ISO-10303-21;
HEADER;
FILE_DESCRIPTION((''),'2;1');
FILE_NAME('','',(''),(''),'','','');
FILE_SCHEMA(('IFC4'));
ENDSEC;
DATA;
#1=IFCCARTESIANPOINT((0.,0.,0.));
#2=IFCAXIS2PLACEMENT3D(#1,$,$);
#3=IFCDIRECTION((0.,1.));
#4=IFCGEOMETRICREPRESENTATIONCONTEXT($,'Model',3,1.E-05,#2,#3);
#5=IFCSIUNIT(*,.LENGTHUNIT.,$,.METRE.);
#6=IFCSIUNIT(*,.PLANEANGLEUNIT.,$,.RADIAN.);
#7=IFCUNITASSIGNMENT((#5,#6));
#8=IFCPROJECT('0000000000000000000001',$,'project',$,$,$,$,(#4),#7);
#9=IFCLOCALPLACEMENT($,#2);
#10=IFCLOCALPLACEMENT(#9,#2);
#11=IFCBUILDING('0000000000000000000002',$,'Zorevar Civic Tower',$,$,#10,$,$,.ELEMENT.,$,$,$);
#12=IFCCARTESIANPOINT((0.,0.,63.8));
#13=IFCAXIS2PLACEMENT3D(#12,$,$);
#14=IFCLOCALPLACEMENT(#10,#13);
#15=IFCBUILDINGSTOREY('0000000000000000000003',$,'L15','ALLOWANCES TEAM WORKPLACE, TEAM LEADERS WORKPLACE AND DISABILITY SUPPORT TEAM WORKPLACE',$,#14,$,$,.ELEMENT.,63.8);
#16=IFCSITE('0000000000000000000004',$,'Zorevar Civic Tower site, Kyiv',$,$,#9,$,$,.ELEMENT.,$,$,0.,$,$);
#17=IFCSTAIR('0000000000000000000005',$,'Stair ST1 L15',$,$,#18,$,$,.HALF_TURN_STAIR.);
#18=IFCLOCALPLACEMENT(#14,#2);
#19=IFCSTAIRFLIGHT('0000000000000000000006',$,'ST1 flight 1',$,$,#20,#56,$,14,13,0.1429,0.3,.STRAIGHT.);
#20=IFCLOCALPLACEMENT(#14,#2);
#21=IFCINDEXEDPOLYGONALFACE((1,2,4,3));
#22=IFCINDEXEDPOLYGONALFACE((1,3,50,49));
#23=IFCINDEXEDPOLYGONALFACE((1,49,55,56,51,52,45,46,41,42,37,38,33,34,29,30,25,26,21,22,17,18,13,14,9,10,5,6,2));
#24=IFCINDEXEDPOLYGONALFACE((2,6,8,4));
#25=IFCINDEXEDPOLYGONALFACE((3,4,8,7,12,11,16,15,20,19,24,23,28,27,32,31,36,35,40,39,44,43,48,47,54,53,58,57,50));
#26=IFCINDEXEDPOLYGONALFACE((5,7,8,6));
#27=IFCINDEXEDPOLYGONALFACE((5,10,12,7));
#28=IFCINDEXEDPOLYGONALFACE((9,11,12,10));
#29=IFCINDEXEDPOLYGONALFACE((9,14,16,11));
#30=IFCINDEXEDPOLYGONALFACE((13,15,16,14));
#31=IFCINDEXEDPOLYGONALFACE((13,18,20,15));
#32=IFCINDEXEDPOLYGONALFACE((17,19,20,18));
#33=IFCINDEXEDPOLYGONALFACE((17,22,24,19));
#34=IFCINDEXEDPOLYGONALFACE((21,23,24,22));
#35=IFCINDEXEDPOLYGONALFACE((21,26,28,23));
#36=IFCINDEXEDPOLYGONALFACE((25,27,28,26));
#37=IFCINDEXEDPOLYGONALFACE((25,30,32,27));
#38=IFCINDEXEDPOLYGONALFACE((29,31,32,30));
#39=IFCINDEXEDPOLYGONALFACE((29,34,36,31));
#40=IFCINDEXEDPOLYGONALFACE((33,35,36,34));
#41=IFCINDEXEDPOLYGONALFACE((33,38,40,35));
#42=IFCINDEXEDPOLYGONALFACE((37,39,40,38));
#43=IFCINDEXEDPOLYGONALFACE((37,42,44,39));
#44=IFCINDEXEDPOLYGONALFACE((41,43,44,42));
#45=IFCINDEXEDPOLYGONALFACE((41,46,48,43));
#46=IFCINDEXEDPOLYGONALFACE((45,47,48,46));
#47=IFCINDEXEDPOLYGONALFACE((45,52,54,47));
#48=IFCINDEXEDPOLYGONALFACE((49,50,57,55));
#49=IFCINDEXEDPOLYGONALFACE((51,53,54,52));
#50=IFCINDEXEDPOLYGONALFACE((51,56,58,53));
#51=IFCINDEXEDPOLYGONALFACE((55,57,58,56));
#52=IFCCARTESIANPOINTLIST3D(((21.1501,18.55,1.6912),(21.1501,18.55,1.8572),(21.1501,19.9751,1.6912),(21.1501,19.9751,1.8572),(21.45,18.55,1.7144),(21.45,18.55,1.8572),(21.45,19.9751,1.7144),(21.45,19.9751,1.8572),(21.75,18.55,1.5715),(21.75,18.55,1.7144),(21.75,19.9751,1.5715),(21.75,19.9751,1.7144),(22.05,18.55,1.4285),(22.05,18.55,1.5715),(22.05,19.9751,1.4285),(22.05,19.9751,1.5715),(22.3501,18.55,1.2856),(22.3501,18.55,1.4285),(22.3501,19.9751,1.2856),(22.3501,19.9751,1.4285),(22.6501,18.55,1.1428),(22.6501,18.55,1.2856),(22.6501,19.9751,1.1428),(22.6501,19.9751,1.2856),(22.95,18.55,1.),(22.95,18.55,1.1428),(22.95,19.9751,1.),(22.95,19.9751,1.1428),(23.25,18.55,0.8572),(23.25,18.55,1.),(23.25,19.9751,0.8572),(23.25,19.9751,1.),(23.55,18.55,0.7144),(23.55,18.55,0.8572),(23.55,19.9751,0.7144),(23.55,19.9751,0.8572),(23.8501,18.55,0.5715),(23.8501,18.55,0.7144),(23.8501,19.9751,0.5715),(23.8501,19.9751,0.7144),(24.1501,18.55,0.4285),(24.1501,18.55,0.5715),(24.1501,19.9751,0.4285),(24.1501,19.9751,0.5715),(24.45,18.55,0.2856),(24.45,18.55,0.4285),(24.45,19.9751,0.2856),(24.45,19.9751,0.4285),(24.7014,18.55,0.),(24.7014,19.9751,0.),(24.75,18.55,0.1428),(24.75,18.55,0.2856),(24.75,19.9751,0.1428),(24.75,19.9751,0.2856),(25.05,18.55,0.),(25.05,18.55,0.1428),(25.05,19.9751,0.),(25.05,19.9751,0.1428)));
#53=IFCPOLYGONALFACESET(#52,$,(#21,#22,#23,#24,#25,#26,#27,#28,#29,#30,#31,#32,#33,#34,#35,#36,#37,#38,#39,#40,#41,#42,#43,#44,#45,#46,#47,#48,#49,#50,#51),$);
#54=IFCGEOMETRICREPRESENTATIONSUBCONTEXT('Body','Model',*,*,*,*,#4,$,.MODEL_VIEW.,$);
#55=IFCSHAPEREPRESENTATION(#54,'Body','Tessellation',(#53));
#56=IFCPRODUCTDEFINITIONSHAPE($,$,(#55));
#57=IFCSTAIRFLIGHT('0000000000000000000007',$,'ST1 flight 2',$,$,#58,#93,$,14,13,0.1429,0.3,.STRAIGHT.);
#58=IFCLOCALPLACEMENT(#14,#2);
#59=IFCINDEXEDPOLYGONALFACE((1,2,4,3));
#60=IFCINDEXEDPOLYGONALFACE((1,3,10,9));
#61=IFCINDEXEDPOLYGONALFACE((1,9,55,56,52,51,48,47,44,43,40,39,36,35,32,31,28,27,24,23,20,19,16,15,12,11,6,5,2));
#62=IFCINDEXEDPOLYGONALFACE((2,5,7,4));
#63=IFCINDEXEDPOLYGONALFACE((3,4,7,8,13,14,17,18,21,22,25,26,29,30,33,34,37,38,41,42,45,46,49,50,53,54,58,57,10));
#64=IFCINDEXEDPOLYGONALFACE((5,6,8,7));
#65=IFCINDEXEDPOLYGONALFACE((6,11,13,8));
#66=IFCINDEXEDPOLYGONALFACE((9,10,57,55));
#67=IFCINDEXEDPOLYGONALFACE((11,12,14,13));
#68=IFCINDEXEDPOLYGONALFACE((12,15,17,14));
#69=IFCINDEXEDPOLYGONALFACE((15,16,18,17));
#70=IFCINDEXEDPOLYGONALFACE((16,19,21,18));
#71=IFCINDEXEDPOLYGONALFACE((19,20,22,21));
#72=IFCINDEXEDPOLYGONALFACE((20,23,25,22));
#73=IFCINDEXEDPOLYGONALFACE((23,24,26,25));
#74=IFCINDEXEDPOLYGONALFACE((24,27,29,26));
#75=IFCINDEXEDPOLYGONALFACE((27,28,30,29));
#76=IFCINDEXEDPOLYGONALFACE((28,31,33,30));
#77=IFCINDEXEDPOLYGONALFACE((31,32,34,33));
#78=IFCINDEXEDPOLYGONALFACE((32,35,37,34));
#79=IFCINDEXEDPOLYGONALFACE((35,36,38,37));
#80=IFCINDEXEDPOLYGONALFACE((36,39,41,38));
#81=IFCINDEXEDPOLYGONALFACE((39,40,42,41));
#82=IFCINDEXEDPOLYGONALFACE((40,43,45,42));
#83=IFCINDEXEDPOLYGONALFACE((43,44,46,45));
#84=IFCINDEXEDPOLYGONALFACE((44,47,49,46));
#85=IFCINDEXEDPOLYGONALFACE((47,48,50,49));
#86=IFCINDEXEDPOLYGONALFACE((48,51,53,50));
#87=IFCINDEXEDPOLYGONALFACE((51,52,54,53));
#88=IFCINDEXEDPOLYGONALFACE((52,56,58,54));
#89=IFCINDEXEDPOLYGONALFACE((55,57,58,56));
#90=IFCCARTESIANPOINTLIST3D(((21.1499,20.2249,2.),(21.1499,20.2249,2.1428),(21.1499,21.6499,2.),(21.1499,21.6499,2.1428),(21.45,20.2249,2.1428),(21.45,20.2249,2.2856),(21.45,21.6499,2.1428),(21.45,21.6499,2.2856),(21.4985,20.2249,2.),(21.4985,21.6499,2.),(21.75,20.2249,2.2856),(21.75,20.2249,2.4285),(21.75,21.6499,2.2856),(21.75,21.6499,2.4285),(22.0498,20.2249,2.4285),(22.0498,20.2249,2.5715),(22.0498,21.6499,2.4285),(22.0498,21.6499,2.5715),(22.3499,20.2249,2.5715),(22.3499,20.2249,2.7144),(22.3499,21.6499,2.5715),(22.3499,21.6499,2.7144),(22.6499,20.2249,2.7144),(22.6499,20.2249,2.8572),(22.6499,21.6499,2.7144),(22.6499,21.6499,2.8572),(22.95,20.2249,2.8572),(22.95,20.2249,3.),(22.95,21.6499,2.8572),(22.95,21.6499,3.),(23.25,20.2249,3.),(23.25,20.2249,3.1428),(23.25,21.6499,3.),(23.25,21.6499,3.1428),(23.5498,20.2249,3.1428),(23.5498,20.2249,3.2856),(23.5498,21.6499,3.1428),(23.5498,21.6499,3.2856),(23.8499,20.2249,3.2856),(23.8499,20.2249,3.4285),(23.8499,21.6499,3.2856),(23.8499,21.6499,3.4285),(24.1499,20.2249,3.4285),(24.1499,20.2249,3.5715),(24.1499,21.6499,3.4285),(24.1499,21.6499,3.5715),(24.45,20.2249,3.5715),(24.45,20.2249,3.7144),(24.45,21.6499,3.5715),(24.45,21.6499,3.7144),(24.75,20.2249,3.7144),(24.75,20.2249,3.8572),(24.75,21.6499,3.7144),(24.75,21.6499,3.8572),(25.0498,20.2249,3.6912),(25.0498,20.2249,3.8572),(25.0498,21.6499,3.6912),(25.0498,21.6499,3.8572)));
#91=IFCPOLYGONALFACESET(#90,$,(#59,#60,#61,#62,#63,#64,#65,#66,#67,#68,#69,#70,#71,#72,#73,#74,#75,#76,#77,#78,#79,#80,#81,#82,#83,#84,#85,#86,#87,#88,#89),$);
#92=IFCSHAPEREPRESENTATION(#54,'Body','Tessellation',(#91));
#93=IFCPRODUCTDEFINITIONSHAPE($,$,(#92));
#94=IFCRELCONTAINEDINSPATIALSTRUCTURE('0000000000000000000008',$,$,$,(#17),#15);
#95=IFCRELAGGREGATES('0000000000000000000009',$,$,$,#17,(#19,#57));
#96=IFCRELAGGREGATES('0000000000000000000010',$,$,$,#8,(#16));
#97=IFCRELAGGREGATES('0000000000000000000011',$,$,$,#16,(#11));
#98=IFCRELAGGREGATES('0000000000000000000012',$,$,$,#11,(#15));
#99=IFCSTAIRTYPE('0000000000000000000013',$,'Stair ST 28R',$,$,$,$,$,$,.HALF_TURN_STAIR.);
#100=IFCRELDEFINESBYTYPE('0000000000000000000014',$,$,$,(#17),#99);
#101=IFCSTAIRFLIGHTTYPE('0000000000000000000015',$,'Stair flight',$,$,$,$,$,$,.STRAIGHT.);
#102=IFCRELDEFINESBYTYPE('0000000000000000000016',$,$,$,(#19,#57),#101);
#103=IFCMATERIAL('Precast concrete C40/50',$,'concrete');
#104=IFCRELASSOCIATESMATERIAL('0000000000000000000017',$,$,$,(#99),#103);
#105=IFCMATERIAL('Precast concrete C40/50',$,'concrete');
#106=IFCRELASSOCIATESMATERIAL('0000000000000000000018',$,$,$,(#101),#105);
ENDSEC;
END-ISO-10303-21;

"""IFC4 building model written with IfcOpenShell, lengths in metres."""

from ifc_helpers import new_model, si_unit, direction, frame, origin, place, context, subcontext, project, spatial, polyline, outline, extrude, material, type_object, element, aggregate, save


model = new_model("IFC4")

# Units and contexts
model_context = context("Model", 3, precision=1e-05, world=origin(), true_north=direction((0.0, 1.0)))
body_context = subcontext(model_context, "Body", "Model", "MODEL_VIEW")
ifc_project = project(units=[si_unit("LENGTHUNIT", "METRE"), si_unit("PLANEANGLEUNIT", "RADIAN")], contexts=[model_context])

# Site, building, storey
site_placement = place(None, origin())
site = spatial("IfcSite", under=ifc_project, at=site_placement, Name="Zorevar Civic Tower site, Kyiv", CompositionType="ELEMENT", RefElevation=0.0)
building_placement = place(site_placement, origin())
building = spatial("IfcBuilding", under=site, at=building_placement, Name="Zorevar Civic Tower", CompositionType="ELEMENT")
storey_placement = place(building_placement, frame((0.0, 0.0, 63.8)))
storey = spatial("IfcBuildingStorey", under=building, at=storey_placement, Name="L15", Description="ALLOWANCES TEAM WORKPLACE, TEAM LEADERS WORKPLACE AND DISABILITY SUPPORT TEAM WORKPLACE", CompositionType="ELEMENT", Elevation=63.8)

# Stair, stair flights
ifc_material_1 = material(Name="Precast concrete C40/50", Category="concrete")
stair_type = type_object("IfcStairType", Name="Stair ST 28R", PredefinedType="HALF_TURN_STAIR", material=ifc_material_1)
stair_placement = place(storey_placement, origin())
stair = element("IfcStair", 1, at=stair_placement, inside=storey, type_object=stair_type, Name="Stair ST1 L15", PredefinedType="HALF_TURN_STAIR")
ifc_material_2 = material(Name="Precast concrete C40/50", Category="concrete")
stair_flight_type = type_object("IfcStairFlightType", Name="Stair flight", PredefinedType="STRAIGHT", material=ifc_material_2)
stair_flight_1_placement = place(storey_placement, frame((25.05, 19.2625, 0.0), z_axis=(0.0, 0.0, 1.0), x_axis=(-1.0, 0.0, 0.0)))
stair_flight_1 = element("IfcStairFlight", 2, at=stair_flight_1_placement, type_object=stair_flight_type, Name="ST1 flight 1", NumberOfRisers=14, NumberOfTreads=13, PredefinedType="STRAIGHT", RiserHeight=0.1429, TreadLength=0.3, context=body_context, shape_type="SweptSolid", body=[
    extrude(outline(polyline([(0.0, 0.0), (0.0, 0.1428), (0.3, 0.1428), (0.3, 0.2856), (0.6001, 0.2856), (0.6001, 0.4285), (0.8999, 0.4285), (0.8999, 0.5715), (1.2, 0.5715), (1.2, 0.7144), (1.5, 0.7144), (1.5, 0.8572), (1.8, 0.8572), (1.8, 1.0), (2.1001, 1.0), (2.1001, 1.1428), (2.3999, 1.1428), (2.3999, 1.2856), (2.7, 1.2856), (2.7, 1.4285), (3.0, 1.4285), (3.0, 1.5715), (3.3, 1.5715), (3.3, 1.7144), (3.6001, 1.7144), (3.6001, 1.8572), (3.8999, 1.8572), (3.8999, 2.0), (3.8999, 1.6912), (0.3486, 0.0), (0.0, 0.0)])), frame((0.0, 0.7124, 0.0), z_axis=(0.0, -1.0, 0.0), x_axis=(1.0, 0.0, 0.0)), (0.0, 0.0, 1.0), 1.425),
])
stair_flight_2_placement = place(storey_placement, frame((21.1499, 20.9375, 2.0), z_axis=(0.0, 0.0, 1.0), x_axis=(1.0, 0.0, 0.0)))
stair_flight_2 = element("IfcStairFlight", 3, at=stair_flight_2_placement, type_object=stair_flight_type, Name="ST1 flight 2", NumberOfRisers=14, NumberOfTreads=13, PredefinedType="STRAIGHT", RiserHeight=0.1429, TreadLength=0.3, context=body_context, shape_type="SweptSolid", body=[
    extrude(outline(polyline([(0.0, 0.0), (0.0, 0.1428), (0.3, 0.1428), (0.3, 0.2856), (0.6001, 0.2856), (0.6001, 0.4285), (0.8999, 0.4285), (0.8999, 0.5715), (1.2, 0.5715), (1.2, 0.7144), (1.5, 0.7144), (1.5, 0.8572), (1.8, 0.8572), (1.8, 1.0), (2.1001, 1.0), (2.1001, 1.1428), (2.3999, 1.1428), (2.3999, 1.2856), (2.7, 1.2856), (2.7, 1.4285), (3.0, 1.4285), (3.0, 1.5715), (3.3, 1.5715), (3.3, 1.7144), (3.6001, 1.7144), (3.6001, 1.8572), (3.8999, 1.8572), (3.8999, 2.0), (3.8999, 1.6912), (0.3486, 0.0), (0.0, 0.0)])), frame((0.0, 0.7124, 0.0), z_axis=(0.0, -1.0, 0.0), x_axis=(1.0, 0.0, 0.0)), (0.0, 0.0, 1.0), 1.425),
])
aggregate(stair, [stair_flight_1, stair_flight_2])

save(model, "model.ifc")
